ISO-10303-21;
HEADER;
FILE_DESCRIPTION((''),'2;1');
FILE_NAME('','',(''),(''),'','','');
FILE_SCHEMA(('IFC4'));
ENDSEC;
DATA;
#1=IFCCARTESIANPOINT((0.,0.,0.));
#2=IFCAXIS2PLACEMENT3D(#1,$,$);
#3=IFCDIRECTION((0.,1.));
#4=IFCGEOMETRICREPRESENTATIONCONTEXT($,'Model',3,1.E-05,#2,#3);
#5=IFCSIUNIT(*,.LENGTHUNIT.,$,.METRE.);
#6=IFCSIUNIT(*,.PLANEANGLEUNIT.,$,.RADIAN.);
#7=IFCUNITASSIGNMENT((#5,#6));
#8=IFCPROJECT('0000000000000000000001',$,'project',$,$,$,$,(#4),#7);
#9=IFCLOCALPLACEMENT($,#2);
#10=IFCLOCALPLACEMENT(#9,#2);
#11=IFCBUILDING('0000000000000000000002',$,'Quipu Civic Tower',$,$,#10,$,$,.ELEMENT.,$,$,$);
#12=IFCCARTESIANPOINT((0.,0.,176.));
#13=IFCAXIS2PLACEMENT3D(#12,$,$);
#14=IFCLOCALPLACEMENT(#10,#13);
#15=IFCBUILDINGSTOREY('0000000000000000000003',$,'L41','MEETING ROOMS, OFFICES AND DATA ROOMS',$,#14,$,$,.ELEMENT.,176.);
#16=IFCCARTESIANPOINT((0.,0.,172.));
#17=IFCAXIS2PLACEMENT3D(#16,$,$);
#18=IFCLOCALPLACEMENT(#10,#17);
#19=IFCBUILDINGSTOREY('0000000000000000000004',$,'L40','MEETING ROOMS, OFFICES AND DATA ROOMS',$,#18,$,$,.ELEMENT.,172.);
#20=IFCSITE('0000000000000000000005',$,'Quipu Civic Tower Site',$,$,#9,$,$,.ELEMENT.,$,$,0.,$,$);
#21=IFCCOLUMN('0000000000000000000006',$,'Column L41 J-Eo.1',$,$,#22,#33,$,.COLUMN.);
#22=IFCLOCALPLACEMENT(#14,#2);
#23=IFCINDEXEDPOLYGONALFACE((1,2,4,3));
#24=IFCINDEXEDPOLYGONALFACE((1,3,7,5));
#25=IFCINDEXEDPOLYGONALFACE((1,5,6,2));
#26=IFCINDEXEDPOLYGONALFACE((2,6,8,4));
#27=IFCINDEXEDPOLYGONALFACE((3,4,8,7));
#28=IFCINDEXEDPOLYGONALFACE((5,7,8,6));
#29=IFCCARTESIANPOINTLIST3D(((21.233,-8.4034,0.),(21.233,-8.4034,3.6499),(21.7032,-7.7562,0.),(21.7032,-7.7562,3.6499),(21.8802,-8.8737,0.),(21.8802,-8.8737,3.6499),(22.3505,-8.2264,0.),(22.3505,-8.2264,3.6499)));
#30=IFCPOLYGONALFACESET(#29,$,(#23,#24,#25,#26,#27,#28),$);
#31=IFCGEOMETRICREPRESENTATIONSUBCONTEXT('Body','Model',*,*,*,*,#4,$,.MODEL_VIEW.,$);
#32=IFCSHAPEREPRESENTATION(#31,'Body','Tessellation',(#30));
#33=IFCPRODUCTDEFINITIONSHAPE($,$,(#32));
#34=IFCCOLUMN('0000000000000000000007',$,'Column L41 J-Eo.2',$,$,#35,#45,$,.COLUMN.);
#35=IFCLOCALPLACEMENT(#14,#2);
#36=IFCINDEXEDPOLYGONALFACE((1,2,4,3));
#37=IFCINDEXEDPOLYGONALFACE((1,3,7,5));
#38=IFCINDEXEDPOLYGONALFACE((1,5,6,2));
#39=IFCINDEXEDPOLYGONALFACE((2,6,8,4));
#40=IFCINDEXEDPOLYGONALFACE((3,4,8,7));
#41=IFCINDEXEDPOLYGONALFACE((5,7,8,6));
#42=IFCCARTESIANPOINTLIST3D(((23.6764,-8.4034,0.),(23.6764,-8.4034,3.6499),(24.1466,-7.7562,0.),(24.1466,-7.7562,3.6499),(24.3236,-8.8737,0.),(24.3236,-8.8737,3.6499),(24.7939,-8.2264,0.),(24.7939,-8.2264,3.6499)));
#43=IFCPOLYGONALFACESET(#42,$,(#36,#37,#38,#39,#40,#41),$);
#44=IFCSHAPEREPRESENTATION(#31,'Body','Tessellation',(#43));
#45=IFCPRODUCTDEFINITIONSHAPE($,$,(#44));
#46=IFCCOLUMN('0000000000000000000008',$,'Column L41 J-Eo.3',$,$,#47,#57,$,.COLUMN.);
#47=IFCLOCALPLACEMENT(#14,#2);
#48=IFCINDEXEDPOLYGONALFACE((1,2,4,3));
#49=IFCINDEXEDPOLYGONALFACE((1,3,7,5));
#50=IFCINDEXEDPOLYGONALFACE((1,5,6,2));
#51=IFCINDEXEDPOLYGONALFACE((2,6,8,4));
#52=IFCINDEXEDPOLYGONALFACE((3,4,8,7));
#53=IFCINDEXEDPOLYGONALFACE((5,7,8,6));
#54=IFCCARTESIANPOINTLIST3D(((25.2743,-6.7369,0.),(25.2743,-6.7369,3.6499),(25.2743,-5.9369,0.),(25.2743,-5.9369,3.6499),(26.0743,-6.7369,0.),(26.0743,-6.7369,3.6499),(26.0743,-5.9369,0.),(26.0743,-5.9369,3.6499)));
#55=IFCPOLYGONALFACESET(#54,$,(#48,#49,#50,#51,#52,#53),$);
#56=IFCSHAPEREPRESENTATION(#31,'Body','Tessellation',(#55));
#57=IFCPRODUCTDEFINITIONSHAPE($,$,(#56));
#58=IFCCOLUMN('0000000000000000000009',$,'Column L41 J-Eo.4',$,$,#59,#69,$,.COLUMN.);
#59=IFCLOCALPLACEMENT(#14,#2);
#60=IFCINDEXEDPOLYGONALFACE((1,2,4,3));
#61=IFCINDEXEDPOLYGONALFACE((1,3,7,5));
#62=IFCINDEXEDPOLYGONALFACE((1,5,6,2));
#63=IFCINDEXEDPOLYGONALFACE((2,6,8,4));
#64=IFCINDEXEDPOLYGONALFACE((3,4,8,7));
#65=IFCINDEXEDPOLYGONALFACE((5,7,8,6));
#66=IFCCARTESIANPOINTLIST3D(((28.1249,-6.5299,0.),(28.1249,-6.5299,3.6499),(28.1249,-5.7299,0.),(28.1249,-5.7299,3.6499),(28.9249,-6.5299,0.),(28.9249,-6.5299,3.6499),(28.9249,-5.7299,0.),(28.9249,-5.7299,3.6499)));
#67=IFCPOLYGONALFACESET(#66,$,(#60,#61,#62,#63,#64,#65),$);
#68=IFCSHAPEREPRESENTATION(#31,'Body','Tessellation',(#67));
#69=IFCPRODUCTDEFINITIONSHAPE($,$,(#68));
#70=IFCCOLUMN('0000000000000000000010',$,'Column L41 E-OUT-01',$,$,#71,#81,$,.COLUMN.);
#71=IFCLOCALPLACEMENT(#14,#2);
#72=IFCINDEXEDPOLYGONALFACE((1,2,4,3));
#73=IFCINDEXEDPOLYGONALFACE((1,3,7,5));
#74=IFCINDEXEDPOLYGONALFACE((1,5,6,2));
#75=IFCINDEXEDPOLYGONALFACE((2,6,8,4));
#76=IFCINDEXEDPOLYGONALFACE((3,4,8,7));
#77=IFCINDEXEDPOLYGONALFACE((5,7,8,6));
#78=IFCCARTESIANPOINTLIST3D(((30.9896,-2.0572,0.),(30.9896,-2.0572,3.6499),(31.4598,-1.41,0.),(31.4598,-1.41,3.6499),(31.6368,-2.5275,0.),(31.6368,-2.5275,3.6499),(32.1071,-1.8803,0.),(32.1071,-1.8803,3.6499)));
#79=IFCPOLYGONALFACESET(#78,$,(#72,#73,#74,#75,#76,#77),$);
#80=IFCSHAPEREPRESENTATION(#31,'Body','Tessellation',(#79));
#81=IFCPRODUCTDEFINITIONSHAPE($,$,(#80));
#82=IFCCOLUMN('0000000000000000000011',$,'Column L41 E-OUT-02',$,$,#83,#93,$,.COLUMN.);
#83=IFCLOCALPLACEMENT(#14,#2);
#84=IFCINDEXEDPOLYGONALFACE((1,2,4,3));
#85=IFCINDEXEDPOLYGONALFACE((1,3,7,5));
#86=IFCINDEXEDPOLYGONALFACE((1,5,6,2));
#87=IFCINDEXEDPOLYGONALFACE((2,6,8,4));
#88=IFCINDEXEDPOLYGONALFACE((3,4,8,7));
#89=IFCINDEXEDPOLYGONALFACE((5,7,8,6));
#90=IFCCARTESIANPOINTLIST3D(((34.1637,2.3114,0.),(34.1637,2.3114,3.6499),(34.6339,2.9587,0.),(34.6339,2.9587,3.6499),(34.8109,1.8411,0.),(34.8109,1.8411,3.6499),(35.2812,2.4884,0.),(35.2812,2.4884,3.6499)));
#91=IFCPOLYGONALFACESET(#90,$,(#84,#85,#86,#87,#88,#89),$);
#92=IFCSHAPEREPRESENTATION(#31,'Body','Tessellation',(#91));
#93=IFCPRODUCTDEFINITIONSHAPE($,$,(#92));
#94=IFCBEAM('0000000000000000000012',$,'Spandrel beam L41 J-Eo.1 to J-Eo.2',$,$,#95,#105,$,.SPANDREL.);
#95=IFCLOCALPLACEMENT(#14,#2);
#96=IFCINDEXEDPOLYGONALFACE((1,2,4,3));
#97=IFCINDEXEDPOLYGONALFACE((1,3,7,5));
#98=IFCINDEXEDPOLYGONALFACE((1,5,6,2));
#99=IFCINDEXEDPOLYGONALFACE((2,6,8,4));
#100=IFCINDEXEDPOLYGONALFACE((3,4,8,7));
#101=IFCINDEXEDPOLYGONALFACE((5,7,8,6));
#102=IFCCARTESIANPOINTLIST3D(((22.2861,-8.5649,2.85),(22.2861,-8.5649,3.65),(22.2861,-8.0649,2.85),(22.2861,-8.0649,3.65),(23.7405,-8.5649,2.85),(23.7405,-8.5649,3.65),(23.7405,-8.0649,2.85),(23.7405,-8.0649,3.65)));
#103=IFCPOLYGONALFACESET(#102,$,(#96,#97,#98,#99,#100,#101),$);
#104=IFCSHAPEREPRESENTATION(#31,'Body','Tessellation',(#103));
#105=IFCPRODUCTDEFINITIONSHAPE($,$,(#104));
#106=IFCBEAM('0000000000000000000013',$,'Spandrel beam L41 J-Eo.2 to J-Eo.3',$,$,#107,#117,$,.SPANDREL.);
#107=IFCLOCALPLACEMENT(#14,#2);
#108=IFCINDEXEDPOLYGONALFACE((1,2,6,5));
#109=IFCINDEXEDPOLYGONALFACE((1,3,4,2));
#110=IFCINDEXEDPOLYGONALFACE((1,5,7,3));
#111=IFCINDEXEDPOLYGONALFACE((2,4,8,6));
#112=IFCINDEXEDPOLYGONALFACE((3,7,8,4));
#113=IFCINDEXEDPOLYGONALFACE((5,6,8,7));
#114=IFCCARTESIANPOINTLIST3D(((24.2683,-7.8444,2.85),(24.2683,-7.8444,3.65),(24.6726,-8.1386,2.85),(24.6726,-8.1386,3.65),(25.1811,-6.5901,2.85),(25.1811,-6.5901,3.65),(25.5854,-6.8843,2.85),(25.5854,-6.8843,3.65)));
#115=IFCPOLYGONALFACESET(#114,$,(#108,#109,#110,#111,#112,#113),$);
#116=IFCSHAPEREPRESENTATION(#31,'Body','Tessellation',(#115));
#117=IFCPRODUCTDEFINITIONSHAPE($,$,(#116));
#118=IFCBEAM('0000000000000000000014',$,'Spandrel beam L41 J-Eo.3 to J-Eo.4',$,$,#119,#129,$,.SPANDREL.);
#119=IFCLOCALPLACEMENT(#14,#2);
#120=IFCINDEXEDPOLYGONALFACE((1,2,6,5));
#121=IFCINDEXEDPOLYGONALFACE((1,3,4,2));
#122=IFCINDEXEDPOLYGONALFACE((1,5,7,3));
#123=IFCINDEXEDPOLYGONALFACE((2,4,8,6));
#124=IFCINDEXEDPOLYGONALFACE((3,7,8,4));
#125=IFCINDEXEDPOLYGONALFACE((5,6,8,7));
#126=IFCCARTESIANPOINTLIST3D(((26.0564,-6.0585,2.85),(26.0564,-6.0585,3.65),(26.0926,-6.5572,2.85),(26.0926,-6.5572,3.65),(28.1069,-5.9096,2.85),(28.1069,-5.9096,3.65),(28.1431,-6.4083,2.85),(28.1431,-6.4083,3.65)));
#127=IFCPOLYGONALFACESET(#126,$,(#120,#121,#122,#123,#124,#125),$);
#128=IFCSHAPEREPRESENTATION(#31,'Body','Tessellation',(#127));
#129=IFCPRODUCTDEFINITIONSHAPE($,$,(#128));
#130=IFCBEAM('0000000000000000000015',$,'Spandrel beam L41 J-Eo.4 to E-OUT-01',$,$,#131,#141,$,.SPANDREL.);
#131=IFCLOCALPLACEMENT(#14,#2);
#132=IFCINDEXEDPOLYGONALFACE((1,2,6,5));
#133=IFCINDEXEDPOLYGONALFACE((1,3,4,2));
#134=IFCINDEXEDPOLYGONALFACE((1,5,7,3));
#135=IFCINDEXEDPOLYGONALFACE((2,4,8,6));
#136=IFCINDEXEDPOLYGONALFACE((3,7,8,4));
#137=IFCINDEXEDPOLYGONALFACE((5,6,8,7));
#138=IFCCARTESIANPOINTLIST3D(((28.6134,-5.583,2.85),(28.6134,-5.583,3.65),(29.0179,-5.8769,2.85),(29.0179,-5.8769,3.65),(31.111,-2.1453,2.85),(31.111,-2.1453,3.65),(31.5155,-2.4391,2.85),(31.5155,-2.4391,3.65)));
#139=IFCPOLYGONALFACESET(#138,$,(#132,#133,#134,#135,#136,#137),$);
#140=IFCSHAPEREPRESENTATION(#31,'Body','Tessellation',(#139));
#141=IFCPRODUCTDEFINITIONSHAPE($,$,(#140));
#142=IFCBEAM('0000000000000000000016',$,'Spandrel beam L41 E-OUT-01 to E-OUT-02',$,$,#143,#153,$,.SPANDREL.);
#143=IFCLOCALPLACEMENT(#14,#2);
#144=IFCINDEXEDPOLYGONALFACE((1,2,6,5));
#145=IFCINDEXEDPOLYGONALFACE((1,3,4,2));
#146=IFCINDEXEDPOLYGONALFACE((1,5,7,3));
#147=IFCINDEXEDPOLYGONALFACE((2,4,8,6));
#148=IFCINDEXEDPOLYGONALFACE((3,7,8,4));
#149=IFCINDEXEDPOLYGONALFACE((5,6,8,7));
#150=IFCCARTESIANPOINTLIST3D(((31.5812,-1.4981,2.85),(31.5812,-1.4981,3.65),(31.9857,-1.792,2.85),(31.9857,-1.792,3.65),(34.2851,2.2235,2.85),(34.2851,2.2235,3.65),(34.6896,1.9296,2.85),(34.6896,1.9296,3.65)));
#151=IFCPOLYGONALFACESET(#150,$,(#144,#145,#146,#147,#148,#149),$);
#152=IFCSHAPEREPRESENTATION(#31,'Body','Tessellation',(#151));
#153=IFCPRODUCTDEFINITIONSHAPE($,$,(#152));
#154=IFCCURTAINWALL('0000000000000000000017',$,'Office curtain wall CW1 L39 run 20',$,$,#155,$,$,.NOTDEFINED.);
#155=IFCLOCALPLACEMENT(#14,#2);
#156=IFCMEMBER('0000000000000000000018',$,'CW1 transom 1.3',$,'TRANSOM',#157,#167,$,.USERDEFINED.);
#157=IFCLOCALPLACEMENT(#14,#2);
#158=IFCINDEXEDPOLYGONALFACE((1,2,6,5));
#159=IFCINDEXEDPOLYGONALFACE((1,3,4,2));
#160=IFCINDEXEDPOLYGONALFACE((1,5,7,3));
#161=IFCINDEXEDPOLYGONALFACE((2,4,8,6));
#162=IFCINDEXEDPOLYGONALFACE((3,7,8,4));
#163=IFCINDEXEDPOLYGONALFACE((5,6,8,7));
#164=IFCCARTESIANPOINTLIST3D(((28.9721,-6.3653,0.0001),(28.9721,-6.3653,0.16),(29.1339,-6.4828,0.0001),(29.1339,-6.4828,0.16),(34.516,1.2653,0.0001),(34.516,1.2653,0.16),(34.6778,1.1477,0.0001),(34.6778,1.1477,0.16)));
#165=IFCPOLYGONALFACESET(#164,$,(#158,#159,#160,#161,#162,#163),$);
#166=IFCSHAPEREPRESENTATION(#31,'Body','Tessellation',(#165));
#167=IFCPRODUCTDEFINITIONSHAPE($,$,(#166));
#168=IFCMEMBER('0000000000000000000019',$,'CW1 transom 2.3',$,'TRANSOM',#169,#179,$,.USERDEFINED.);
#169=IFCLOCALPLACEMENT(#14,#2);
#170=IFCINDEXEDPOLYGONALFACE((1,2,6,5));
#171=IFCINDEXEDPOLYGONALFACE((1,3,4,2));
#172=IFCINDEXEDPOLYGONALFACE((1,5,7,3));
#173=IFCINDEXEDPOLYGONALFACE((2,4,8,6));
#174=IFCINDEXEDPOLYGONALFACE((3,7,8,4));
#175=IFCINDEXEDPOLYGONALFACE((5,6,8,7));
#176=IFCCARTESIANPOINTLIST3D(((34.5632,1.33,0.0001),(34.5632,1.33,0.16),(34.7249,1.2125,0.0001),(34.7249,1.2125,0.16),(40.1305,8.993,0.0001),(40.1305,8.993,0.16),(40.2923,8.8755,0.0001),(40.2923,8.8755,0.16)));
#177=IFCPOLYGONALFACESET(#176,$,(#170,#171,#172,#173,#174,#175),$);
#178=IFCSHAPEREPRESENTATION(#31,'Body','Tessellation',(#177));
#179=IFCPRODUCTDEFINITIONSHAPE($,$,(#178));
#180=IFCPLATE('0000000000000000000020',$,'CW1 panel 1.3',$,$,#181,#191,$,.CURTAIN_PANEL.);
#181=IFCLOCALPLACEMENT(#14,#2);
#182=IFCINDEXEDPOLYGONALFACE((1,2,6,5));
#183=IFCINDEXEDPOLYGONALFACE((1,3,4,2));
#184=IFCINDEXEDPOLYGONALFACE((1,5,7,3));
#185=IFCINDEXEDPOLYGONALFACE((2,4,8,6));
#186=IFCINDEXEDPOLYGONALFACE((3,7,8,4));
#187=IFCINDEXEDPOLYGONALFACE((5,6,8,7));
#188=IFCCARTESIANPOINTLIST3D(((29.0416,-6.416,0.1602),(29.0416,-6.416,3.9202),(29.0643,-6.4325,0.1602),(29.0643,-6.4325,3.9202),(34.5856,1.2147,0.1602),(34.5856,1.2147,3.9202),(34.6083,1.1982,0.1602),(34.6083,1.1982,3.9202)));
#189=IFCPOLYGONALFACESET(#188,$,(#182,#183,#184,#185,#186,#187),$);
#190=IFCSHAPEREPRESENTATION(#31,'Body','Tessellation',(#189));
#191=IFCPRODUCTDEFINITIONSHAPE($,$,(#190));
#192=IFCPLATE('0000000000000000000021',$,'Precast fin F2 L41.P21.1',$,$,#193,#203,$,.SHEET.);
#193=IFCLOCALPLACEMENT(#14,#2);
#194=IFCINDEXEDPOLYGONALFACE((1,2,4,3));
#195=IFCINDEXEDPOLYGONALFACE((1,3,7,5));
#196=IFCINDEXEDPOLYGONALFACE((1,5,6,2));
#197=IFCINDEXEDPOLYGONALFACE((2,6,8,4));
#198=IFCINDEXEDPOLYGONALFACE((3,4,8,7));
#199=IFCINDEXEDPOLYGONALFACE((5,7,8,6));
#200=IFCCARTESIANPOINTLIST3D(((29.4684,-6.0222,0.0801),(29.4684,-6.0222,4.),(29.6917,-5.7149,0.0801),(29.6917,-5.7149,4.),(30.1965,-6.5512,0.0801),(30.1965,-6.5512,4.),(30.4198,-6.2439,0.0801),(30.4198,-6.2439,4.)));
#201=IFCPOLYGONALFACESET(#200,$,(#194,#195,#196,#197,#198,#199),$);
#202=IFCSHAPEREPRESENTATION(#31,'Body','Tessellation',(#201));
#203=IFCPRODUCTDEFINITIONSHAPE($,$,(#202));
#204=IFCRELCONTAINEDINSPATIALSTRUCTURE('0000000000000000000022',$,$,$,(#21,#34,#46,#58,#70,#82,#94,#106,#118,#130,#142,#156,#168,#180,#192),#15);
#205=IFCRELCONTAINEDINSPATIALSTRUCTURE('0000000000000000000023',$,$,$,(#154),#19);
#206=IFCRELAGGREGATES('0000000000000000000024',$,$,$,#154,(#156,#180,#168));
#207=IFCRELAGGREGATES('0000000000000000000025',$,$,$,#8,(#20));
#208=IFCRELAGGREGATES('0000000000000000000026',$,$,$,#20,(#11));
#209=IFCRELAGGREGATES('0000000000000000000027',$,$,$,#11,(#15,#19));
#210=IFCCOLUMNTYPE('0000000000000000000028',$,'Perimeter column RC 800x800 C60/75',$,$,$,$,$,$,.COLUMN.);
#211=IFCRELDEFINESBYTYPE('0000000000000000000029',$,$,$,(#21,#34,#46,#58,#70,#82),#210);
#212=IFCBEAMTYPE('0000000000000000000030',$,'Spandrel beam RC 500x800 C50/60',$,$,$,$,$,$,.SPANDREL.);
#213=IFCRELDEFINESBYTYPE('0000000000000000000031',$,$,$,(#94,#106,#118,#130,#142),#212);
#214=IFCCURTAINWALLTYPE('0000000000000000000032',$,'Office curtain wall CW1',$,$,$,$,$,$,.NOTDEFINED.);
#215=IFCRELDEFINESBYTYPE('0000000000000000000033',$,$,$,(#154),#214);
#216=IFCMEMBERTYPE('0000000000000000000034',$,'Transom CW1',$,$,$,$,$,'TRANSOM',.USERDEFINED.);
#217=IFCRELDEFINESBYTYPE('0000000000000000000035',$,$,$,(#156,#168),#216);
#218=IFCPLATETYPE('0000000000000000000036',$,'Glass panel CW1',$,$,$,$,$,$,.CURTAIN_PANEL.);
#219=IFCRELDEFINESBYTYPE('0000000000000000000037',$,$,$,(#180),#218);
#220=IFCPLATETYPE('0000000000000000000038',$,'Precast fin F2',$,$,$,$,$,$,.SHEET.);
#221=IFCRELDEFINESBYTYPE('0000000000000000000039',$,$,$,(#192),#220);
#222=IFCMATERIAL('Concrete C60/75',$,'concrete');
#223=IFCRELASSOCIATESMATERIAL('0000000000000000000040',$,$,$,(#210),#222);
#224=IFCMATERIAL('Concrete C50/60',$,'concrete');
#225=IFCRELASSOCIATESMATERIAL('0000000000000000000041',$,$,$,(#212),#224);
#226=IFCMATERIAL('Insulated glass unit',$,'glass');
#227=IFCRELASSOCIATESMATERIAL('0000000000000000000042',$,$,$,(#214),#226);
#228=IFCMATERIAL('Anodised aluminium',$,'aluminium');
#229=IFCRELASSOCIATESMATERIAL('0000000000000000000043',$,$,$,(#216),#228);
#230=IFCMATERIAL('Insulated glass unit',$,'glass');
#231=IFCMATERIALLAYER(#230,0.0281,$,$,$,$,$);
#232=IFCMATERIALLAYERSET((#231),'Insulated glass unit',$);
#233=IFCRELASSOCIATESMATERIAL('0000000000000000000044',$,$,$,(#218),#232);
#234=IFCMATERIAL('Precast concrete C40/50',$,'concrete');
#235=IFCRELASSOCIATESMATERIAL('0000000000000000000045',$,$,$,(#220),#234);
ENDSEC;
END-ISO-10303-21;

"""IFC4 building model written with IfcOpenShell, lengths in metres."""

from ifc_helpers import new_model, si_unit, direction, frame, origin, origin_2d, place, context, subcontext, project, spatial, rectangle, extrude, material, layer, layer_set, material_profile, profile_set, type_object, element, aggregate, save


model = new_model("IFC4")

# Units and contexts
model_context = context("Model", 3, precision=1e-05, world=origin(), true_north=direction((0.0, 1.0)))
body_context = subcontext(model_context, "Body", "Model", "MODEL_VIEW")
ifc_project = project(units=[si_unit("LENGTHUNIT", "METRE"), si_unit("PLANEANGLEUNIT", "RADIAN")], contexts=[model_context])

# Site, building, storey
site_placement = place(None, origin())
site = spatial("IfcSite", under=ifc_project, at=site_placement, Name="Quipu Civic Tower Site", CompositionType="ELEMENT", RefElevation=0.0)
building_placement = place(site_placement, origin())
building = spatial("IfcBuilding", under=site, at=building_placement, Name="Quipu Civic Tower", CompositionType="ELEMENT")
storey_1_placement = place(building_placement, frame((0.0, 0.0, 176.0)))
storey_1 = spatial("IfcBuildingStorey", under=building, at=storey_1_placement, Name="L41", Description="MEETING ROOMS, OFFICES AND DATA ROOMS", CompositionType="ELEMENT", Elevation=176.0)

# Columns
ifc_material_1 = material(Name="Concrete C60/75", Category="concrete")
ifc_material_profile_1 = material_profile(ifc_material_1, rectangle(XDim=0.8, YDim=0.8, at=origin_2d()), Name="RC800x800")
ifc_profile_set_1 = profile_set([ifc_material_profile_1], Name="Concrete C60/75")
column_type = type_object("IfcColumnType", Name="Perimeter column RC 800x800 C60/75", PredefinedType="COLUMN", material=ifc_profile_set_1)
for number, where, z_axis, x_axis, name in (
    (1, (21.7917, -8.3149, 0.0), (0.0, 0.0, 1.0), (0.587785, 0.809017, 0.0), "Column L41 J-Eo.1"),
    (2, (24.2351, -8.3149, 0.0), (0.0, 0.0, 1.0), (0.587785, 0.809017, 0.0), "Column L41 J-Eo.2"),
    (3, (25.6743, -6.3369, 0.0), (0.0, 0.0, 1.0), (1.0, 0.0, 0.0), "Column L41 J-Eo.3"),
    (4, (28.5249, -6.1299, 0.0), (0.0, 0.0, 1.0), (1.0, 0.0, 0.0), "Column L41 J-Eo.4"),
    (5, (31.5483, -1.9688, 0.0), (0.0, 0.0, 1.0), (0.587785, 0.809017, 0.0), "Column L41 E-OUT-01"),
    (6, (34.7224, 2.3999, 0.0), (0.0, 0.0, 1.0), (0.587785, 0.809017, 0.0), "Column L41 E-OUT-02"),
):
    element("IfcColumn", number, at=place(storey_1_placement, frame(where, z_axis=z_axis, x_axis=x_axis)), inside=storey_1, type_object=column_type, Name=name, PredefinedType="COLUMN", context=body_context, shape_type="SweptSolid", body=[
        extrude(rectangle(XDim=0.8, YDim=0.8, at=origin_2d()), origin(), (0.0, 0.0, 1.0), 3.6499),
    ])

# Beams
ifc_material_2 = material(Name="Concrete C50/60", Category="concrete")
ifc_material_profile_2 = material_profile(ifc_material_2, rectangle(XDim=0.5, YDim=0.8, at=origin_2d()), Name="RC500x800")
ifc_profile_set_2 = profile_set([ifc_material_profile_2], Name="Concrete C50/60")
beam_type = type_object("IfcBeamType", Name="Spandrel beam RC 500x800 C50/60", PredefinedType="SPANDREL", material=ifc_profile_set_2)
beam_1_placement = place(storey_1_placement, frame((22.2861, -8.3149, 3.25), z_axis=(1.0, 0.0, 0.0), x_axis=(0.0, 1.0, 0.0)))
element("IfcBeam", 7, at=beam_1_placement, inside=storey_1, type_object=beam_type, Name="Spandrel beam L41 J-Eo.1 to J-Eo.2", PredefinedType="SPANDREL", context=body_context, shape_type="SweptSolid", body=[
    extrude(rectangle(XDim=0.5, YDim=0.8, at=origin_2d()), origin(), (0.0, 0.0, 1.0), 1.4543),
])
beam_2_placement = place(storey_1_placement, frame((24.4705, -7.9915, 3.25), z_axis=(0.588406, 0.808566, 0.0), x_axis=(-0.808566, 0.588406, 0.0)))
element("IfcBeam", 8, at=beam_2_placement, inside=storey_1, type_object=beam_type, Name="Spandrel beam L41 J-Eo.2 to J-Eo.3", PredefinedType="SPANDREL", context=body_context, shape_type="SweptSolid", body=[
    extrude(rectangle(XDim=0.5, YDim=0.8, at=origin_2d()), origin(), (0.0, 0.0, 1.0), 1.5513),
])
beam_3_placement = place(storey_1_placement, frame((26.0745, -6.3079, 3.25), z_axis=(0.997373, 0.072437, 0.0), x_axis=(-0.072437, 0.997373, 0.0)))
element("IfcBeam", 9, at=beam_3_placement, inside=storey_1, type_object=beam_type, Name="Spandrel beam L41 J-Eo.3 to J-Eo.4", PredefinedType="SPANDREL", context=body_context, shape_type="SweptSolid", body=[
    extrude(rectangle(XDim=0.5, YDim=0.8, at=origin_2d()), origin(), (0.0, 0.0, 1.0), 2.0559),
])
beam_4_placement = place(storey_1_placement, frame((28.8157, -5.73, 3.25), z_axis=(0.587769, 0.809029, 0.0), x_axis=(-0.809029, 0.587769, 0.0)))
element("IfcBeam", 10, at=beam_4_placement, inside=storey_1, type_object=beam_type, Name="Spandrel beam L41 J-Eo.4 to E-OUT-01", PredefinedType="SPANDREL", context=body_context, shape_type="SweptSolid", body=[
    extrude(rectangle(XDim=0.5, YDim=0.8, at=origin_2d()), origin(), (0.0, 0.0, 1.0), 4.2493),
])
beam_5_placement = place(storey_1_placement, frame((31.7834, -1.645, 3.25), z_axis=(0.587796, 0.809009, 0.0), x_axis=(-0.809009, 0.587796, 0.0)))
element("IfcBeam", 11, at=beam_5_placement, inside=storey_1, type_object=beam_type, Name="Spandrel beam L41 E-OUT-01 to E-OUT-02", PredefinedType="SPANDREL", context=body_context, shape_type="SweptSolid", body=[
    extrude(rectangle(XDim=0.5, YDim=0.8, at=origin_2d()), origin(), (0.0, 0.0, 1.0), 4.6001),
])

# Shared definitions
storey_2_placement = place(building_placement, frame((0.0, 0.0, 172.0)))
storey_2 = spatial("IfcBuildingStorey", under=building, at=storey_2_placement, Name="L40", Description="MEETING ROOMS, OFFICES AND DATA ROOMS", CompositionType="ELEMENT", Elevation=172.0)

# Curtain wall, members, plate
ifc_material_3 = material(Name="Insulated glass unit", Category="glass")
curtain_wall_type = type_object("IfcCurtainWallType", Name="Office curtain wall CW1", PredefinedType="NOTDEFINED", material=ifc_material_3)
curtain_wall_placement = place(storey_2_placement, origin())
curtain_wall = element("IfcCurtainWall", 12, at=curtain_wall_placement, inside=storey_2, type_object=curtain_wall_type, Name="Office curtain wall CW1 L39 run 20", PredefinedType="NOTDEFINED")
ifc_material_4 = material(Name="Anodised aluminium", Category="aluminium")
ifc_material_profile_3 = material_profile(ifc_material_4, rectangle(XDim=0.2, YDim=0.1599, at=origin_2d()), Name="RECT 200x160")
ifc_profile_set_3 = profile_set([ifc_material_profile_3], Name="Anodised aluminium")
member_type = type_object("IfcMemberType", Name="Transom CW1", ElementType="TRANSOM", PredefinedType="USERDEFINED", material=ifc_profile_set_3)
member_1_placement = place(storey_1_placement, frame((29.053, -6.4241, 0.0801), z_axis=(0.587784, 0.809018, 0.0), x_axis=(-0.809018, 0.587784, 0.0)))
member_1 = element("IfcMember", 13, at=member_1_placement, inside=storey_1, type_object=member_type, Name="CW1 transom 1.3", ObjectType="TRANSOM", PredefinedType="USERDEFINED", context=body_context, shape_type="SweptSolid", body=[
    extrude(rectangle(XDim=0.2, YDim=0.1599, at=origin_2d()), origin(), (0.0, 0.0, 1.0), 9.4319),
])
member_2_placement = place(storey_1_placement, frame((34.644, 1.2712, 0.0801), z_axis=(0.587773, 0.809026, 0.0), x_axis=(-0.809026, 0.587773, 0.0)))
member_2 = element("IfcMember", 14, at=member_2_placement, inside=storey_1, type_object=member_type, Name="CW1 transom 2.3", ObjectType="TRANSOM", PredefinedType="USERDEFINED", context=body_context, shape_type="SweptSolid", body=[
    extrude(rectangle(XDim=0.2, YDim=0.1599, at=origin_2d()), origin(), (0.0, 0.0, 1.0), 9.4719),
])
ifc_material_5 = material(Name="Insulated glass unit", Category="glass")
ifc_layer = layer(ifc_material_5, 0.0281)
ifc_layer_set = layer_set([ifc_layer], Name="Insulated glass unit")
plate_type_1 = type_object("IfcPlateType", Name="Glass panel CW1", PredefinedType="CURTAIN_PANEL", material=ifc_layer_set)
plate_placement = place(storey_1_placement, frame((31.825, -2.6089, 0.1602), z_axis=(0.0, 0.0, 1.0), x_axis=(0.587786, 0.809017, 0.0)))
plate = element("IfcPlate", 15, at=plate_placement, inside=storey_1, type_object=plate_type_1, Name="CW1 panel 1.3", PredefinedType="CURTAIN_PANEL", context=body_context, shape_type="SweptSolid", body=[
    extrude(rectangle(XDim=9.4321, YDim=0.0281, at=origin_2d()), origin(), (0.0, 0.0, 1.0), 3.76),
])
aggregate(curtain_wall, [member_1, plate, member_2])

# Plate
ifc_material_6 = material(Name="Precast concrete C40/50", Category="concrete")
plate_type_2 = type_object("IfcPlateType", Name="Precast fin F2", PredefinedType="SHEET", material=ifc_material_6)
for number, where, z_axis, x_axis, name in (
    (16, (29.9441, -6.1331, 0.0801), (0.0, 0.0, 1.0), (0.587786, 0.809017, 0.0), "Precast fin F2 L41.P21.1"),
):
    element("IfcPlate", number, at=place(storey_1_placement, frame(where, z_axis=z_axis, x_axis=x_axis)), inside=storey_1, type_object=plate_type_2, Name=name, PredefinedType="SHEET", context=body_context, shape_type="SweptSolid", body=[
        extrude(rectangle(XDim=0.3799, YDim=0.8999, at=origin_2d()), origin(), (0.0, 0.0, 1.0), 3.9199),
    ])

save(model, "model.ifc")
